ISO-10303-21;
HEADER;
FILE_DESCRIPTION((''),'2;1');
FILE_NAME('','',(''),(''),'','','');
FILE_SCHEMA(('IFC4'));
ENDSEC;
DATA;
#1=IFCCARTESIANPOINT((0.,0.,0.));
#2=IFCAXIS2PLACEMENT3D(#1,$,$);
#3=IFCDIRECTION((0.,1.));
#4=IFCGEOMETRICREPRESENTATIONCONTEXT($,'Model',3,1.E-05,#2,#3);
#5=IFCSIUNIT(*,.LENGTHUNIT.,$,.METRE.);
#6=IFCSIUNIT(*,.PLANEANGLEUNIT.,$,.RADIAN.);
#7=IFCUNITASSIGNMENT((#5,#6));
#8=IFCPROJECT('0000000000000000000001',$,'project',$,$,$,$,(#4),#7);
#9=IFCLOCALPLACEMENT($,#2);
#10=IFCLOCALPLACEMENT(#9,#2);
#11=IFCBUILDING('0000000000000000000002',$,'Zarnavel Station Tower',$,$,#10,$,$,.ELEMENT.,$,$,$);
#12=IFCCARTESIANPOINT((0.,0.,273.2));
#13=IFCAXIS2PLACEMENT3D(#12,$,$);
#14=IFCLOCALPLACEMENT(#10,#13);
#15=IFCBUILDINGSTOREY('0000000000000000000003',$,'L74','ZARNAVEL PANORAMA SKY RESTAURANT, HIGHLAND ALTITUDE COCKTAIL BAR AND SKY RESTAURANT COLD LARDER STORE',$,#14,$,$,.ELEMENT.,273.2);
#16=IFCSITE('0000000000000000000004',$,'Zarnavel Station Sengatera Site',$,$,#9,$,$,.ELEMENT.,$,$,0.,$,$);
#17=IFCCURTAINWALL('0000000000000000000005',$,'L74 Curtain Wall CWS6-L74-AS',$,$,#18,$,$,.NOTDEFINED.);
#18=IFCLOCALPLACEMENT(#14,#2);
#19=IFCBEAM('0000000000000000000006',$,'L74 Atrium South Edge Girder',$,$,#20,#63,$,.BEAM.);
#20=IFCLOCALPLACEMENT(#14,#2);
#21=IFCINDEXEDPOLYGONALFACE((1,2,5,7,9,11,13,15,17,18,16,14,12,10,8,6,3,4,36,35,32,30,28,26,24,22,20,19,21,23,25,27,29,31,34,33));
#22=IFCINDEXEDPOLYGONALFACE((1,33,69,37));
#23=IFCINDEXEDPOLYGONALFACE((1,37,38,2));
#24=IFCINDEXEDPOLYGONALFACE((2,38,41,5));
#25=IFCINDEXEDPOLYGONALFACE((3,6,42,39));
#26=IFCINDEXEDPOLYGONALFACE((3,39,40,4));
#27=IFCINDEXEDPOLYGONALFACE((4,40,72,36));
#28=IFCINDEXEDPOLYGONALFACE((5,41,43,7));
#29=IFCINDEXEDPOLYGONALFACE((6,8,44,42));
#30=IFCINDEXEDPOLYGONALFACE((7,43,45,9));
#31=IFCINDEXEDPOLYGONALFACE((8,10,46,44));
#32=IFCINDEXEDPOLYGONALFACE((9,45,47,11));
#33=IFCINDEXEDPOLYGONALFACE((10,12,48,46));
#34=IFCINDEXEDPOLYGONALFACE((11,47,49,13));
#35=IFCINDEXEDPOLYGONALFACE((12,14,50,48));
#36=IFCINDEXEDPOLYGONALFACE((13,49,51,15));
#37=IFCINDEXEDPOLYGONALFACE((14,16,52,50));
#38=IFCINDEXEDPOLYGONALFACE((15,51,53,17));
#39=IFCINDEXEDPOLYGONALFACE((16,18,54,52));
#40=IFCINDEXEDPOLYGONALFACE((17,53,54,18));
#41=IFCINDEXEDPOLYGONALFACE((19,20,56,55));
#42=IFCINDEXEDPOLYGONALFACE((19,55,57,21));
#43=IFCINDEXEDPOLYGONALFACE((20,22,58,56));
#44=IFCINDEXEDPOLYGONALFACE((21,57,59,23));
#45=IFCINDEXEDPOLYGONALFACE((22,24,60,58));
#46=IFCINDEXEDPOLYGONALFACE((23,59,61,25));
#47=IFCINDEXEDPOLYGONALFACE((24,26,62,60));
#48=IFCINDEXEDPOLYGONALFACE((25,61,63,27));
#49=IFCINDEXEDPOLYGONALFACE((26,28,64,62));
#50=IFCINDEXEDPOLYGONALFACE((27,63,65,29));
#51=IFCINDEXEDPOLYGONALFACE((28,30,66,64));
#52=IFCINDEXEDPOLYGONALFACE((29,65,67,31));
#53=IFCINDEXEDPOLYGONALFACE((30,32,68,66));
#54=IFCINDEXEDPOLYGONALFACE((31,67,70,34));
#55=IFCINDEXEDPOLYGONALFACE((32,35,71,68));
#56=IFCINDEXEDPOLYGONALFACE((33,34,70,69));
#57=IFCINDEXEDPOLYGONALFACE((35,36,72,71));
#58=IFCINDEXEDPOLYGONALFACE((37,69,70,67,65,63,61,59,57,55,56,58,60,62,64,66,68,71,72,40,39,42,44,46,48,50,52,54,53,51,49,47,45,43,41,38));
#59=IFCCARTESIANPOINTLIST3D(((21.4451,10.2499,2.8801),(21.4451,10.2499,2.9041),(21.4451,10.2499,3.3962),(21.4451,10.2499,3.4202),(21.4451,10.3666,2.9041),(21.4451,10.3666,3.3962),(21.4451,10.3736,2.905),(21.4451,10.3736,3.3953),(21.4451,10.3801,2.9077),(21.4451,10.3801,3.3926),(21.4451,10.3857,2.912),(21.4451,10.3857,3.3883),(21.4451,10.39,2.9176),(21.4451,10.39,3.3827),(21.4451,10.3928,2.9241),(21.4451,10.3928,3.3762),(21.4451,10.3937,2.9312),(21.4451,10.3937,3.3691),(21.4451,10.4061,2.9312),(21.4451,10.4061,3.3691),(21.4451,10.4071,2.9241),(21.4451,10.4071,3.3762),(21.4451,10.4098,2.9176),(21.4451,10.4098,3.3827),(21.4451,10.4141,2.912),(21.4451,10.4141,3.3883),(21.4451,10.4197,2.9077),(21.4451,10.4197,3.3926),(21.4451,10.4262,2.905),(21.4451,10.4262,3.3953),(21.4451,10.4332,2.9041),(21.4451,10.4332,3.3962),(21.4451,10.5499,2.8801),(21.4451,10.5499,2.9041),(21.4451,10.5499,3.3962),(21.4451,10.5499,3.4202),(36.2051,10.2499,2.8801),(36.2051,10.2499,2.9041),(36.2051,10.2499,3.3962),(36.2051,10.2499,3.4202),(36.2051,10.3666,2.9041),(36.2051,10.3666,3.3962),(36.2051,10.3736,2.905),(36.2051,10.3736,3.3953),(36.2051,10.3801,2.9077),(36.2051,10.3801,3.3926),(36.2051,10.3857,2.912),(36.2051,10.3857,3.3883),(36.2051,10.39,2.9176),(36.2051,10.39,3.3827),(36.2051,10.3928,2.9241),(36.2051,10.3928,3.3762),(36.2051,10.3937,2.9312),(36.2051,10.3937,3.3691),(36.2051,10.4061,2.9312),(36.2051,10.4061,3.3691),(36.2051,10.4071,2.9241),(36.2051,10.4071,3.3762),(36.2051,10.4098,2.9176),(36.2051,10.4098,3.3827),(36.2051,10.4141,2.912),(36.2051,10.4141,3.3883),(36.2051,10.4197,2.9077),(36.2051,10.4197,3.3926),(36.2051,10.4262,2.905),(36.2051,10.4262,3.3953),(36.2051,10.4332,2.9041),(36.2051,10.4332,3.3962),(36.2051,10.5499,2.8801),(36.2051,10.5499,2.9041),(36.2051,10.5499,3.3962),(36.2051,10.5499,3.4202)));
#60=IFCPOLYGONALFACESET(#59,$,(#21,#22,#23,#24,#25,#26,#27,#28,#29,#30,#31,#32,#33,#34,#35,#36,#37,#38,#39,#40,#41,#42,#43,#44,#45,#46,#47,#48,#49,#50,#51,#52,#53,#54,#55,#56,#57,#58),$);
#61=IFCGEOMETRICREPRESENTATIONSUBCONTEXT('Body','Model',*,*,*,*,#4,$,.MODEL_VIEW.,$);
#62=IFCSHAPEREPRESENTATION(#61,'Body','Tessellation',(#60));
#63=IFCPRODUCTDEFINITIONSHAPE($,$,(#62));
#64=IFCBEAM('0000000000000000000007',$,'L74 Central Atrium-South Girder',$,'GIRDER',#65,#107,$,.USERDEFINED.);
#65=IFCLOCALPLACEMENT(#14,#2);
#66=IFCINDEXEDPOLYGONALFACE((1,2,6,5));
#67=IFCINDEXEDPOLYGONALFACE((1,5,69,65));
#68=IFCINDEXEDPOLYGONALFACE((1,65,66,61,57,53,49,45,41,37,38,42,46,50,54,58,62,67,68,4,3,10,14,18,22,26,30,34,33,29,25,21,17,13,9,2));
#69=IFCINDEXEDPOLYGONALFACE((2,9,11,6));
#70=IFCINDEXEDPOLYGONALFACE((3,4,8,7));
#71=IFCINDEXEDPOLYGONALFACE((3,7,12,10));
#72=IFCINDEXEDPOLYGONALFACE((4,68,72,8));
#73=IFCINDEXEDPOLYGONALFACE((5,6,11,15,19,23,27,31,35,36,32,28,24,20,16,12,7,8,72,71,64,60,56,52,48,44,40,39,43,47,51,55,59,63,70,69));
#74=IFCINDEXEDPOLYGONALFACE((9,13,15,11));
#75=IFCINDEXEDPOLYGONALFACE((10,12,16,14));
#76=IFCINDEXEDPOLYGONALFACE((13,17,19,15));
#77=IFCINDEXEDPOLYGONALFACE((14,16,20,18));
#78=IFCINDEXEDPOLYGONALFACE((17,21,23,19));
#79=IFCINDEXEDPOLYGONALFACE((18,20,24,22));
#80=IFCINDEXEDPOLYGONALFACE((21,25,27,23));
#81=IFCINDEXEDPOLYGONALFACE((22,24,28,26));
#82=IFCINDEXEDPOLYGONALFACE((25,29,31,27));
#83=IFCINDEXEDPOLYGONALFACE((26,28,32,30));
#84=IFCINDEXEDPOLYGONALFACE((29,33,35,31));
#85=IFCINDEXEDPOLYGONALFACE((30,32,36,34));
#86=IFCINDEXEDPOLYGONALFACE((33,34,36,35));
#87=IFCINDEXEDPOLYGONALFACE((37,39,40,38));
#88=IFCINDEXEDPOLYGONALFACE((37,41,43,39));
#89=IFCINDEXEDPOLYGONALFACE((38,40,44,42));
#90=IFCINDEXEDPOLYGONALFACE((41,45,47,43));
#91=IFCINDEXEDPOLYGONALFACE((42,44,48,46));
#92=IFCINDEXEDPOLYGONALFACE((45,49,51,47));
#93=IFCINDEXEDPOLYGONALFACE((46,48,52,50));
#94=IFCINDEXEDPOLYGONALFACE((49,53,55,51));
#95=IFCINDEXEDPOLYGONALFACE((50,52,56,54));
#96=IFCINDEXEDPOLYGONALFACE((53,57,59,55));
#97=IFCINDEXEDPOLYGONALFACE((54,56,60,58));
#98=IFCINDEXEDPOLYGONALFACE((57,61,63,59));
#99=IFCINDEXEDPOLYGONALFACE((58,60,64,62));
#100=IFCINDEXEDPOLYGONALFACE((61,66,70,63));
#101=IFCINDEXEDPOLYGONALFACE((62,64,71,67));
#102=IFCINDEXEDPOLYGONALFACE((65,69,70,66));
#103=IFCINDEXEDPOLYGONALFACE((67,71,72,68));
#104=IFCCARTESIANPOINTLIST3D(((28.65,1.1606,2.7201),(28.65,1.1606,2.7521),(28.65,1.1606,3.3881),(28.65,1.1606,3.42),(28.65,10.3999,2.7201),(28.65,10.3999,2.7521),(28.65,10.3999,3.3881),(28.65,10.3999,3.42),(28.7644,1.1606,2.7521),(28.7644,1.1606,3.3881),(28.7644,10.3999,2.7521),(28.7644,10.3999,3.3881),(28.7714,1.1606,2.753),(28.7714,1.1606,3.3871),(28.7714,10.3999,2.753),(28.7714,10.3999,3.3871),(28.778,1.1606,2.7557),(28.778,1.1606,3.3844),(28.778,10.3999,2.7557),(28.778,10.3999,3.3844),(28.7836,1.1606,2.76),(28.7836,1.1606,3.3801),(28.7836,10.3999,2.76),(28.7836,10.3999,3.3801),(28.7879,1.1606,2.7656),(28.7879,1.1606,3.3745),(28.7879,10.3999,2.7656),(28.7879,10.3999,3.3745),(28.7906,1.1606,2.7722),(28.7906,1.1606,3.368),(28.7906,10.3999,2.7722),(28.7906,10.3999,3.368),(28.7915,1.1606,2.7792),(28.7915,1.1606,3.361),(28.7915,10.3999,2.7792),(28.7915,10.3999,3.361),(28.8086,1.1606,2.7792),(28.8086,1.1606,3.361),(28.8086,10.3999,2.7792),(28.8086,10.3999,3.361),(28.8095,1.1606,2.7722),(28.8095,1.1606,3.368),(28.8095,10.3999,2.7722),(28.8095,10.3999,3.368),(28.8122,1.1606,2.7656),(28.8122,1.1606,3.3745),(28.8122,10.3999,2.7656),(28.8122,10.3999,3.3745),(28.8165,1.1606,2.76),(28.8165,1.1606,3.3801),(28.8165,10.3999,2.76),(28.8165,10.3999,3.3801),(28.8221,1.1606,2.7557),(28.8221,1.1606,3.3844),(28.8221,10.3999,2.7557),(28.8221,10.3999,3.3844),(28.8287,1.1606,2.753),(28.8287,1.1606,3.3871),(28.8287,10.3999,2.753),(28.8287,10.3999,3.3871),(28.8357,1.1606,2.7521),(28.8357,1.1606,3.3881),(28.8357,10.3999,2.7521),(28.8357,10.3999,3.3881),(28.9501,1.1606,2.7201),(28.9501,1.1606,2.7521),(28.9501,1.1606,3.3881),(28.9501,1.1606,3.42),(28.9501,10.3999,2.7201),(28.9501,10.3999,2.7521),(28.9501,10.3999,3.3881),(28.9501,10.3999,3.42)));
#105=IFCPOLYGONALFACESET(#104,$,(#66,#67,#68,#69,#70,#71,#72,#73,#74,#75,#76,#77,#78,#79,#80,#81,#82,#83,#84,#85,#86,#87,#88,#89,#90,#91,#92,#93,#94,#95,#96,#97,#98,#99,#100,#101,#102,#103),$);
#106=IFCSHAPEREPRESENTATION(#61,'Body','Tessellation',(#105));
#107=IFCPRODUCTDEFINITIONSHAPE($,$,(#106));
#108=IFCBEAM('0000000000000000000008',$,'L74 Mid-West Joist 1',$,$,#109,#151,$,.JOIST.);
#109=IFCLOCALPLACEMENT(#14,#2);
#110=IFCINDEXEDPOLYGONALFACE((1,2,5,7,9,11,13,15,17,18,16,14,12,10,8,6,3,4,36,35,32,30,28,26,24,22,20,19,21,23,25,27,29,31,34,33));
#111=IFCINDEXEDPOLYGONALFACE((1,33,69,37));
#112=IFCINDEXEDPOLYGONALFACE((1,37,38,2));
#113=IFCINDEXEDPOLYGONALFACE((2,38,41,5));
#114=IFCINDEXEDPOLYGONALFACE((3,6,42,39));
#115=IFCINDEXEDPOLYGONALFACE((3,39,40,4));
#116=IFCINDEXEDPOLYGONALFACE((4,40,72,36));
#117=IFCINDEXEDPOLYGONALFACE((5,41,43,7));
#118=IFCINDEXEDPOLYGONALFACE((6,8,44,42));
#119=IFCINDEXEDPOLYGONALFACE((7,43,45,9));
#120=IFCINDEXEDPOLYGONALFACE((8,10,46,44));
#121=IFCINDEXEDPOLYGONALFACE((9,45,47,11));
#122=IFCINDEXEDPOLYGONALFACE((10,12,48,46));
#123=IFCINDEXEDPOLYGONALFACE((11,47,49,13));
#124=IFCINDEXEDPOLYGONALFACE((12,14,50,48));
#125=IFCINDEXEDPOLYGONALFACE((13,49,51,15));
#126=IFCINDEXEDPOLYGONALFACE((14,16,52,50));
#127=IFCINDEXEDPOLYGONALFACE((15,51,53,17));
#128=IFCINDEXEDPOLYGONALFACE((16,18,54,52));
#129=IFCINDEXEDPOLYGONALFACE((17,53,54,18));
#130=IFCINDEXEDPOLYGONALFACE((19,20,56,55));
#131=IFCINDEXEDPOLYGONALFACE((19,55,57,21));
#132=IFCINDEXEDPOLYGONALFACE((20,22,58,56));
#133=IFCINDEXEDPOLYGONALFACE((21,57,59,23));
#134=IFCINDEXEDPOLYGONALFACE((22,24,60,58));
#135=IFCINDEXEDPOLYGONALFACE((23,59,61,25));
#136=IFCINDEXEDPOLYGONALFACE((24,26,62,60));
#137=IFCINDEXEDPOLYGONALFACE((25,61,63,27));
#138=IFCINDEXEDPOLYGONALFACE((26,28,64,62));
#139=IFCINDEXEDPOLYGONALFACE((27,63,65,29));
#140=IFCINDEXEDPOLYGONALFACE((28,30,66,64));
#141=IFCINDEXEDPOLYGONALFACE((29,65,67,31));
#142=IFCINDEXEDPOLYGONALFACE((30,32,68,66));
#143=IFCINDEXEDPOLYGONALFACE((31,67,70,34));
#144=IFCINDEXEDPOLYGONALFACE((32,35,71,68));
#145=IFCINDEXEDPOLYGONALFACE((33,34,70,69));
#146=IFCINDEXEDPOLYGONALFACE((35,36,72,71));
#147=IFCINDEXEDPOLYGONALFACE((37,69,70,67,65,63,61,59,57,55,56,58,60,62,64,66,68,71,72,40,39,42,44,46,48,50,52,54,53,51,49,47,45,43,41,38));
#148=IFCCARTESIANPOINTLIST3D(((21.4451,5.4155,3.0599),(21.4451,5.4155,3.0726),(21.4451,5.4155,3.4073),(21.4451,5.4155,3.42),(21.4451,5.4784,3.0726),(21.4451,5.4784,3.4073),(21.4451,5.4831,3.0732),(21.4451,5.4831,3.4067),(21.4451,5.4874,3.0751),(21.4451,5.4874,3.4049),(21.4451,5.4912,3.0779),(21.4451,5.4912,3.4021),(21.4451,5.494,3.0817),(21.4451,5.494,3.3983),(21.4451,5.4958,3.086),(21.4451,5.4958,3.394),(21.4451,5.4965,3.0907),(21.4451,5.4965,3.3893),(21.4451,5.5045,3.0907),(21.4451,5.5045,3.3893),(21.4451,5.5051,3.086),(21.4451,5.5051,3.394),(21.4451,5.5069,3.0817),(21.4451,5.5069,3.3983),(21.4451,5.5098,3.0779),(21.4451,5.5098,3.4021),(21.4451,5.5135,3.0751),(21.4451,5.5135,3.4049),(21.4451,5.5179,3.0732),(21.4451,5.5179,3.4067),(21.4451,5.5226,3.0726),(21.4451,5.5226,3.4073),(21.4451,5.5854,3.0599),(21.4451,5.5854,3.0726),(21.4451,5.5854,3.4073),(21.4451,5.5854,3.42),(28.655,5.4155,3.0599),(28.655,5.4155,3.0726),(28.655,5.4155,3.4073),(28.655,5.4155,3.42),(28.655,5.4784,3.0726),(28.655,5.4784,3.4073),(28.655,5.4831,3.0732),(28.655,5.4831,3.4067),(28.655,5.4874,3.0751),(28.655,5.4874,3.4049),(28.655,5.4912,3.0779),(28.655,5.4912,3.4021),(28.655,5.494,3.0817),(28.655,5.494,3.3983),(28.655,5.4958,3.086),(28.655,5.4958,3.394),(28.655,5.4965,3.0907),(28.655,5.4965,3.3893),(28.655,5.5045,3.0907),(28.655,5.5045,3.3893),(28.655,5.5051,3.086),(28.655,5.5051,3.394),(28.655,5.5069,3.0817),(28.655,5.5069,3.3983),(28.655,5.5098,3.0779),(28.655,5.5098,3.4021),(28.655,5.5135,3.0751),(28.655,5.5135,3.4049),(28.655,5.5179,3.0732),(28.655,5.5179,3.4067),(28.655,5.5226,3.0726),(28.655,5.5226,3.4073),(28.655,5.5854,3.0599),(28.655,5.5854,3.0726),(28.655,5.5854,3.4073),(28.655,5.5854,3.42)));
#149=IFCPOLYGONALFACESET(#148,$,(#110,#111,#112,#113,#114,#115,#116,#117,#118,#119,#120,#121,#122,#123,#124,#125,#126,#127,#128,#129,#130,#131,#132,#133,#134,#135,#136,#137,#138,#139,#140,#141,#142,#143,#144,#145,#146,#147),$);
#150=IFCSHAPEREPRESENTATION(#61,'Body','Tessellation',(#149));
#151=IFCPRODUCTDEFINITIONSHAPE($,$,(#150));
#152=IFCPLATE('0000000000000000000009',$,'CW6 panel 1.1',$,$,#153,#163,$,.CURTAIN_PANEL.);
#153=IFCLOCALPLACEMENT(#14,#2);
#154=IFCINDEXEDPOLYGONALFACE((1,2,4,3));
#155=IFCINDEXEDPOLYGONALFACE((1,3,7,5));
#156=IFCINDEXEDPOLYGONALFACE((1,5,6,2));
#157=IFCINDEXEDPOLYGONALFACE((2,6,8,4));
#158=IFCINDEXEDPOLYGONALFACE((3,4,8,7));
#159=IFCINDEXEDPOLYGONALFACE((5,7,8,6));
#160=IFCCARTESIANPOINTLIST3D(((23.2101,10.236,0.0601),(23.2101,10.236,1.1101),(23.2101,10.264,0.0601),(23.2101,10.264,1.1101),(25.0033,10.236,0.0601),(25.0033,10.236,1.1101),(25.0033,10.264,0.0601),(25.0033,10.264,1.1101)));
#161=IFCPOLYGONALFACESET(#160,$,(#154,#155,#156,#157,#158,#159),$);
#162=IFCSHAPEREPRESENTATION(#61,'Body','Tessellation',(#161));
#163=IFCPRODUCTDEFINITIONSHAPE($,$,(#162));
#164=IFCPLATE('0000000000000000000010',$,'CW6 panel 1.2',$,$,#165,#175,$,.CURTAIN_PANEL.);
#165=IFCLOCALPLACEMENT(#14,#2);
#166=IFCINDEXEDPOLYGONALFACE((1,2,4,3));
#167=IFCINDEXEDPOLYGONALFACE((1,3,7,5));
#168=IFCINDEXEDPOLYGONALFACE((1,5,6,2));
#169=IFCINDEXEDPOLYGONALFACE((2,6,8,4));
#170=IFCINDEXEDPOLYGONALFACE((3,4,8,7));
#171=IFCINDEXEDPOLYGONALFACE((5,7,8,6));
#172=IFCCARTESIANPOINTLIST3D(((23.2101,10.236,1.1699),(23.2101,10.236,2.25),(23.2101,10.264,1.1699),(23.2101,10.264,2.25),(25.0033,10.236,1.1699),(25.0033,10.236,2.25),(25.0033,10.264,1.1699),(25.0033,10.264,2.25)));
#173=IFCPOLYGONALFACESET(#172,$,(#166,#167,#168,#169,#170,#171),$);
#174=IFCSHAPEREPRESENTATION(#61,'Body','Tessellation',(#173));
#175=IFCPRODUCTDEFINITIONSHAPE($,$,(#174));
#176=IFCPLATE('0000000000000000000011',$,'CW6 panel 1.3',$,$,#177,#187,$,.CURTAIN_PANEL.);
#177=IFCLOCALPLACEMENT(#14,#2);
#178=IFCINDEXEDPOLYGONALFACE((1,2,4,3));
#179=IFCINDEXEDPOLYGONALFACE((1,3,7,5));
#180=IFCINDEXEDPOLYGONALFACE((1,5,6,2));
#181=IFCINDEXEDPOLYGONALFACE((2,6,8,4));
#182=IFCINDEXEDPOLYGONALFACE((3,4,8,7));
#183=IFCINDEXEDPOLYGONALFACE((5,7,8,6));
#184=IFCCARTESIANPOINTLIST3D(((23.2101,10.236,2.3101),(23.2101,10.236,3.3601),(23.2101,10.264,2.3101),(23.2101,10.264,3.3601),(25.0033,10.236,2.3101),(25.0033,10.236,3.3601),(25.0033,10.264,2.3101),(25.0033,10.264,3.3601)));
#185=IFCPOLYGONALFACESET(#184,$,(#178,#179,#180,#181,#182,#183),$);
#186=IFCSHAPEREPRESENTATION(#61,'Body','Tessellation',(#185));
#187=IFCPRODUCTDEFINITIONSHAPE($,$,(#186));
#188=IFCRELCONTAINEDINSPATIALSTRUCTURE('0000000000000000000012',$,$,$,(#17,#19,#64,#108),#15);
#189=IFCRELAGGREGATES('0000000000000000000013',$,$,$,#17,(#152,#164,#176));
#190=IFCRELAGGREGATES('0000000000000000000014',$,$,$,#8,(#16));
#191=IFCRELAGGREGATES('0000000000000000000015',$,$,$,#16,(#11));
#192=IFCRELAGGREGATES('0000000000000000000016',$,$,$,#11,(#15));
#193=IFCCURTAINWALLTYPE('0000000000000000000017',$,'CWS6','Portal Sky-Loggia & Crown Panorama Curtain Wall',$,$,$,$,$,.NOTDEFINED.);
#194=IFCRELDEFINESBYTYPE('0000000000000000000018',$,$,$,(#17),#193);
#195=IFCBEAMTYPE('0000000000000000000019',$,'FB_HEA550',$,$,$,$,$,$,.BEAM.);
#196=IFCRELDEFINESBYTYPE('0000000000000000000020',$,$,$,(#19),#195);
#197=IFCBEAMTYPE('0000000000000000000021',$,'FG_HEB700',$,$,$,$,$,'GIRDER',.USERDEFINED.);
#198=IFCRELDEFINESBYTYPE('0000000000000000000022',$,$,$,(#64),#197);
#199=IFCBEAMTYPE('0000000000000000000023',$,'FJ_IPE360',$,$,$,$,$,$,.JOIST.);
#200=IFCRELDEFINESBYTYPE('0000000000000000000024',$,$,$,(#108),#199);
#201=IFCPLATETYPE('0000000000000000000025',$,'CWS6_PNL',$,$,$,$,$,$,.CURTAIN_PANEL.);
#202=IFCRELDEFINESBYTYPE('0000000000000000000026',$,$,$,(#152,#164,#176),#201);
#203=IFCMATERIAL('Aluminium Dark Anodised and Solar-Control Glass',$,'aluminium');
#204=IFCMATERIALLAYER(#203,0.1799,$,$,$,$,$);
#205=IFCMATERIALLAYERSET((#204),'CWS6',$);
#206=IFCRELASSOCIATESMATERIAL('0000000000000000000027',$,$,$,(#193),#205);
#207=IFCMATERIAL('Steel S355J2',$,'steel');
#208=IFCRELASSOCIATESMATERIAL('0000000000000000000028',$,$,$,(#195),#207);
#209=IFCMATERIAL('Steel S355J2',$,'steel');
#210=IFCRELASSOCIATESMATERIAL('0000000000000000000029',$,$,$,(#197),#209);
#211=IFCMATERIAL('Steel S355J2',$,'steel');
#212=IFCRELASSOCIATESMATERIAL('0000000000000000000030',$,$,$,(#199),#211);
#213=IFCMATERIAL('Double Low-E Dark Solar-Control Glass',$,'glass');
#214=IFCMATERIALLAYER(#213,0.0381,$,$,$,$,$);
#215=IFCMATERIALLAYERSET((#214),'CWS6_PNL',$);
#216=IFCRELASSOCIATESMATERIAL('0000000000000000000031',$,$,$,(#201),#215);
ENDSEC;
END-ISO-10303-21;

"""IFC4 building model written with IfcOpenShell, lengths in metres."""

from ifc_helpers import new_model, si_unit, direction, frame, origin, origin_2d, place, context, subcontext, project, spatial, rectangle, i_section, extrude, material, layer, layer_set, material_profile, profile_set, type_object, element, aggregate, save


model = new_model("IFC4")

# Units and contexts
model_context = context("Model", 3, precision=1e-05, world=origin(), true_north=direction((0.0, 1.0)))
body_context = subcontext(model_context, "Body", "Model", "MODEL_VIEW")
ifc_project = project(units=[si_unit("LENGTHUNIT", "METRE"), si_unit("PLANEANGLEUNIT", "RADIAN")], contexts=[model_context])

# Site, building, storey
site_placement = place(None, origin())
site = spatial("IfcSite", under=ifc_project, at=site_placement, Name="Zarnavel Station Sengatera Site", CompositionType="ELEMENT", RefElevation=0.0)
building_placement = place(site_placement, origin())
building = spatial("IfcBuilding", under=site, at=building_placement, Name="Zarnavel Station Tower", CompositionType="ELEMENT")
storey_placement = place(building_placement, frame((0.0, 0.0, 273.2)))
storey = spatial("IfcBuildingStorey", under=building, at=storey_placement, Name="L74", Description="ZARNAVEL PANORAMA SKY RESTAURANT, HIGHLAND ALTITUDE COCKTAIL BAR AND SKY RESTAURANT COLD LARDER STORE", CompositionType="ELEMENT", Elevation=273.2)

# Curtain wall
ifc_material_1 = material(Name="Aluminium Dark Anodised and Solar-Control Glass", Category="aluminium")
ifc_layer_1 = layer(ifc_material_1, 0.1799)
ifc_layer_set_1 = layer_set([ifc_layer_1], Name="CWS6")
curtain_wall_type = type_object("IfcCurtainWallType", Name="CWS6", Description="Portal Sky-Loggia & Crown Panorama Curtain Wall", PredefinedType="NOTDEFINED", material=ifc_layer_set_1)
curtain_wall_placement = place(storey_placement, origin())
curtain_wall = element("IfcCurtainWall", 1, at=curtain_wall_placement, inside=storey, type_object=curtain_wall_type, Name="L74 Curtain Wall CWS6-L74-AS", PredefinedType="NOTDEFINED")

# Beams
ifc_material_2 = material(Name="Steel S355J2", Category="steel")
ifc_material_profile_1 = material_profile(ifc_material_2, i_section(OverallWidth=0.3, OverallDepth=0.54, WebThickness=0.0125, FlangeThickness=0.0239, FilletRadius=0.0271, at=origin_2d()), Name="HEA550")
ifc_profile_set_1 = profile_set([ifc_material_profile_1], Name="Steel S355J2")
beam_type_1 = type_object("IfcBeamType", Name="FB_HEA550", PredefinedType="BEAM", material=ifc_profile_set_1)
beam_1_placement = place(storey_placement, frame((21.4451, 10.3999, 3.1501), z_axis=(1.0, 0.0, 0.0), x_axis=(0.0, 1.0, 0.0)))
element("IfcBeam", 2, at=beam_1_placement, inside=storey, type_object=beam_type_1, Name="L74 Atrium South Edge Girder", PredefinedType="BEAM", context=body_context, shape_type="SweptSolid", body=[
    extrude(i_section(OverallWidth=0.3, OverallDepth=0.54, WebThickness=0.0125, FlangeThickness=0.0239, FilletRadius=0.0271, at=origin_2d()), origin(), (0.0, 0.0, 1.0), 14.76),
])
ifc_material_3 = material(Name="Steel S355J2", Category="steel")
ifc_material_profile_2 = material_profile(ifc_material_3, i_section(OverallWidth=0.3, OverallDepth=0.7, WebThickness=0.0171, FlangeThickness=0.032, FilletRadius=0.0271, at=origin_2d()), Name="HEB700")
ifc_profile_set_2 = profile_set([ifc_material_profile_2], Name="Steel S355J2")
beam_type_2 = type_object("IfcBeamType", Name="FG_HEB700", ElementType="GIRDER", PredefinedType="USERDEFINED", material=ifc_profile_set_2)
beam_2_placement = place(storey_placement, frame((28.8, 1.1606, 3.0701), z_axis=(0.0, 1.0, 0.0), x_axis=(-1.0, 0.0, 0.0)))
element("IfcBeam", 3, at=beam_2_placement, inside=storey, type_object=beam_type_2, Name="L74 Central Atrium-South Girder", ObjectType="GIRDER", PredefinedType="USERDEFINED", context=body_context, shape_type="SweptSolid", body=[
    extrude(i_section(OverallWidth=0.3, OverallDepth=0.7, WebThickness=0.0171, FlangeThickness=0.032, FilletRadius=0.0271, at=origin_2d()), origin(), (0.0, 0.0, 1.0), 9.2393),
])
ifc_material_4 = material(Name="Steel S355J2", Category="steel")
ifc_material_profile_3 = material_profile(ifc_material_4, i_section(OverallWidth=0.1699, OverallDepth=0.3601, WebThickness=0.0081, FlangeThickness=0.0127, FilletRadius=0.0181, at=origin_2d()), Name="IPE360")
ifc_profile_set_3 = profile_set([ifc_material_profile_3], Name="Steel S355J2")
beam_type_3 = type_object("IfcBeamType", Name="FJ_IPE360", PredefinedType="JOIST", material=ifc_profile_set_3)
beam_3_placement = place(storey_placement, frame((21.4451, 5.5005, 3.24), z_axis=(1.0, 0.0, 0.0), x_axis=(0.0, 1.0, 0.0)))
element("IfcBeam", 4, at=beam_3_placement, inside=storey, type_object=beam_type_3, Name="L74 Mid-West Joist 1", PredefinedType="JOIST", context=body_context, shape_type="SweptSolid", body=[
    extrude(i_section(OverallWidth=0.1699, OverallDepth=0.3601, WebThickness=0.0081, FlangeThickness=0.0127, FilletRadius=0.0181, at=origin_2d()), origin(), (0.0, 0.0, 1.0), 7.21),
])

# Plates
ifc_material_5 = material(Name="Double Low-E Dark Solar-Control Glass", Category="glass")
ifc_layer_2 = layer(ifc_material_5, 0.0381)
ifc_layer_set_2 = layer_set([ifc_layer_2], Name="CWS6_PNL")
plate_type = type_object("IfcPlateType", Name="CWS6_PNL", PredefinedType="CURTAIN_PANEL", material=ifc_layer_set_2)
plate_1_placement = place(storey_placement, frame((24.1067, 10.25, 0.0601), z_axis=(0.0, 0.0, 1.0), x_axis=(1.0, 0.0, 0.0)))
plate_1 = element("IfcPlate", 5, at=plate_1_placement, type_object=plate_type, Name="CW6 panel 1.1", PredefinedType="CURTAIN_PANEL", context=body_context, shape_type="SweptSolid", body=[
    extrude(rectangle(XDim=1.7932, YDim=0.0281, at=origin_2d()), origin(), (0.0, 0.0, 1.0), 1.05),
])
plate_2_placement = place(storey_placement, frame((24.1067, 10.25, 1.1699), z_axis=(0.0, 0.0, 1.0), x_axis=(1.0, 0.0, 0.0)))
plate_2 = element("IfcPlate", 6, at=plate_2_placement, type_object=plate_type, Name="CW6 panel 1.2", PredefinedType="CURTAIN_PANEL", context=body_context, shape_type="SweptSolid", body=[
    extrude(rectangle(XDim=1.7932, YDim=0.0281, at=origin_2d()), origin(), (0.0, 0.0, 1.0), 1.0801),
])
plate_3_placement = place(storey_placement, frame((24.1067, 10.25, 2.3101), z_axis=(0.0, 0.0, 1.0), x_axis=(1.0, 0.0, 0.0)))
plate_3 = element("IfcPlate", 7, at=plate_3_placement, type_object=plate_type, Name="CW6 panel 1.3", PredefinedType="CURTAIN_PANEL", context=body_context, shape_type="SweptSolid", body=[
    extrude(rectangle(XDim=1.7932, YDim=0.0281, at=origin_2d()), origin(), (0.0, 0.0, 1.0), 1.05),
])
aggregate(curtain_wall, [plate_1, plate_2, plate_3])

save(model, "model.ifc")
